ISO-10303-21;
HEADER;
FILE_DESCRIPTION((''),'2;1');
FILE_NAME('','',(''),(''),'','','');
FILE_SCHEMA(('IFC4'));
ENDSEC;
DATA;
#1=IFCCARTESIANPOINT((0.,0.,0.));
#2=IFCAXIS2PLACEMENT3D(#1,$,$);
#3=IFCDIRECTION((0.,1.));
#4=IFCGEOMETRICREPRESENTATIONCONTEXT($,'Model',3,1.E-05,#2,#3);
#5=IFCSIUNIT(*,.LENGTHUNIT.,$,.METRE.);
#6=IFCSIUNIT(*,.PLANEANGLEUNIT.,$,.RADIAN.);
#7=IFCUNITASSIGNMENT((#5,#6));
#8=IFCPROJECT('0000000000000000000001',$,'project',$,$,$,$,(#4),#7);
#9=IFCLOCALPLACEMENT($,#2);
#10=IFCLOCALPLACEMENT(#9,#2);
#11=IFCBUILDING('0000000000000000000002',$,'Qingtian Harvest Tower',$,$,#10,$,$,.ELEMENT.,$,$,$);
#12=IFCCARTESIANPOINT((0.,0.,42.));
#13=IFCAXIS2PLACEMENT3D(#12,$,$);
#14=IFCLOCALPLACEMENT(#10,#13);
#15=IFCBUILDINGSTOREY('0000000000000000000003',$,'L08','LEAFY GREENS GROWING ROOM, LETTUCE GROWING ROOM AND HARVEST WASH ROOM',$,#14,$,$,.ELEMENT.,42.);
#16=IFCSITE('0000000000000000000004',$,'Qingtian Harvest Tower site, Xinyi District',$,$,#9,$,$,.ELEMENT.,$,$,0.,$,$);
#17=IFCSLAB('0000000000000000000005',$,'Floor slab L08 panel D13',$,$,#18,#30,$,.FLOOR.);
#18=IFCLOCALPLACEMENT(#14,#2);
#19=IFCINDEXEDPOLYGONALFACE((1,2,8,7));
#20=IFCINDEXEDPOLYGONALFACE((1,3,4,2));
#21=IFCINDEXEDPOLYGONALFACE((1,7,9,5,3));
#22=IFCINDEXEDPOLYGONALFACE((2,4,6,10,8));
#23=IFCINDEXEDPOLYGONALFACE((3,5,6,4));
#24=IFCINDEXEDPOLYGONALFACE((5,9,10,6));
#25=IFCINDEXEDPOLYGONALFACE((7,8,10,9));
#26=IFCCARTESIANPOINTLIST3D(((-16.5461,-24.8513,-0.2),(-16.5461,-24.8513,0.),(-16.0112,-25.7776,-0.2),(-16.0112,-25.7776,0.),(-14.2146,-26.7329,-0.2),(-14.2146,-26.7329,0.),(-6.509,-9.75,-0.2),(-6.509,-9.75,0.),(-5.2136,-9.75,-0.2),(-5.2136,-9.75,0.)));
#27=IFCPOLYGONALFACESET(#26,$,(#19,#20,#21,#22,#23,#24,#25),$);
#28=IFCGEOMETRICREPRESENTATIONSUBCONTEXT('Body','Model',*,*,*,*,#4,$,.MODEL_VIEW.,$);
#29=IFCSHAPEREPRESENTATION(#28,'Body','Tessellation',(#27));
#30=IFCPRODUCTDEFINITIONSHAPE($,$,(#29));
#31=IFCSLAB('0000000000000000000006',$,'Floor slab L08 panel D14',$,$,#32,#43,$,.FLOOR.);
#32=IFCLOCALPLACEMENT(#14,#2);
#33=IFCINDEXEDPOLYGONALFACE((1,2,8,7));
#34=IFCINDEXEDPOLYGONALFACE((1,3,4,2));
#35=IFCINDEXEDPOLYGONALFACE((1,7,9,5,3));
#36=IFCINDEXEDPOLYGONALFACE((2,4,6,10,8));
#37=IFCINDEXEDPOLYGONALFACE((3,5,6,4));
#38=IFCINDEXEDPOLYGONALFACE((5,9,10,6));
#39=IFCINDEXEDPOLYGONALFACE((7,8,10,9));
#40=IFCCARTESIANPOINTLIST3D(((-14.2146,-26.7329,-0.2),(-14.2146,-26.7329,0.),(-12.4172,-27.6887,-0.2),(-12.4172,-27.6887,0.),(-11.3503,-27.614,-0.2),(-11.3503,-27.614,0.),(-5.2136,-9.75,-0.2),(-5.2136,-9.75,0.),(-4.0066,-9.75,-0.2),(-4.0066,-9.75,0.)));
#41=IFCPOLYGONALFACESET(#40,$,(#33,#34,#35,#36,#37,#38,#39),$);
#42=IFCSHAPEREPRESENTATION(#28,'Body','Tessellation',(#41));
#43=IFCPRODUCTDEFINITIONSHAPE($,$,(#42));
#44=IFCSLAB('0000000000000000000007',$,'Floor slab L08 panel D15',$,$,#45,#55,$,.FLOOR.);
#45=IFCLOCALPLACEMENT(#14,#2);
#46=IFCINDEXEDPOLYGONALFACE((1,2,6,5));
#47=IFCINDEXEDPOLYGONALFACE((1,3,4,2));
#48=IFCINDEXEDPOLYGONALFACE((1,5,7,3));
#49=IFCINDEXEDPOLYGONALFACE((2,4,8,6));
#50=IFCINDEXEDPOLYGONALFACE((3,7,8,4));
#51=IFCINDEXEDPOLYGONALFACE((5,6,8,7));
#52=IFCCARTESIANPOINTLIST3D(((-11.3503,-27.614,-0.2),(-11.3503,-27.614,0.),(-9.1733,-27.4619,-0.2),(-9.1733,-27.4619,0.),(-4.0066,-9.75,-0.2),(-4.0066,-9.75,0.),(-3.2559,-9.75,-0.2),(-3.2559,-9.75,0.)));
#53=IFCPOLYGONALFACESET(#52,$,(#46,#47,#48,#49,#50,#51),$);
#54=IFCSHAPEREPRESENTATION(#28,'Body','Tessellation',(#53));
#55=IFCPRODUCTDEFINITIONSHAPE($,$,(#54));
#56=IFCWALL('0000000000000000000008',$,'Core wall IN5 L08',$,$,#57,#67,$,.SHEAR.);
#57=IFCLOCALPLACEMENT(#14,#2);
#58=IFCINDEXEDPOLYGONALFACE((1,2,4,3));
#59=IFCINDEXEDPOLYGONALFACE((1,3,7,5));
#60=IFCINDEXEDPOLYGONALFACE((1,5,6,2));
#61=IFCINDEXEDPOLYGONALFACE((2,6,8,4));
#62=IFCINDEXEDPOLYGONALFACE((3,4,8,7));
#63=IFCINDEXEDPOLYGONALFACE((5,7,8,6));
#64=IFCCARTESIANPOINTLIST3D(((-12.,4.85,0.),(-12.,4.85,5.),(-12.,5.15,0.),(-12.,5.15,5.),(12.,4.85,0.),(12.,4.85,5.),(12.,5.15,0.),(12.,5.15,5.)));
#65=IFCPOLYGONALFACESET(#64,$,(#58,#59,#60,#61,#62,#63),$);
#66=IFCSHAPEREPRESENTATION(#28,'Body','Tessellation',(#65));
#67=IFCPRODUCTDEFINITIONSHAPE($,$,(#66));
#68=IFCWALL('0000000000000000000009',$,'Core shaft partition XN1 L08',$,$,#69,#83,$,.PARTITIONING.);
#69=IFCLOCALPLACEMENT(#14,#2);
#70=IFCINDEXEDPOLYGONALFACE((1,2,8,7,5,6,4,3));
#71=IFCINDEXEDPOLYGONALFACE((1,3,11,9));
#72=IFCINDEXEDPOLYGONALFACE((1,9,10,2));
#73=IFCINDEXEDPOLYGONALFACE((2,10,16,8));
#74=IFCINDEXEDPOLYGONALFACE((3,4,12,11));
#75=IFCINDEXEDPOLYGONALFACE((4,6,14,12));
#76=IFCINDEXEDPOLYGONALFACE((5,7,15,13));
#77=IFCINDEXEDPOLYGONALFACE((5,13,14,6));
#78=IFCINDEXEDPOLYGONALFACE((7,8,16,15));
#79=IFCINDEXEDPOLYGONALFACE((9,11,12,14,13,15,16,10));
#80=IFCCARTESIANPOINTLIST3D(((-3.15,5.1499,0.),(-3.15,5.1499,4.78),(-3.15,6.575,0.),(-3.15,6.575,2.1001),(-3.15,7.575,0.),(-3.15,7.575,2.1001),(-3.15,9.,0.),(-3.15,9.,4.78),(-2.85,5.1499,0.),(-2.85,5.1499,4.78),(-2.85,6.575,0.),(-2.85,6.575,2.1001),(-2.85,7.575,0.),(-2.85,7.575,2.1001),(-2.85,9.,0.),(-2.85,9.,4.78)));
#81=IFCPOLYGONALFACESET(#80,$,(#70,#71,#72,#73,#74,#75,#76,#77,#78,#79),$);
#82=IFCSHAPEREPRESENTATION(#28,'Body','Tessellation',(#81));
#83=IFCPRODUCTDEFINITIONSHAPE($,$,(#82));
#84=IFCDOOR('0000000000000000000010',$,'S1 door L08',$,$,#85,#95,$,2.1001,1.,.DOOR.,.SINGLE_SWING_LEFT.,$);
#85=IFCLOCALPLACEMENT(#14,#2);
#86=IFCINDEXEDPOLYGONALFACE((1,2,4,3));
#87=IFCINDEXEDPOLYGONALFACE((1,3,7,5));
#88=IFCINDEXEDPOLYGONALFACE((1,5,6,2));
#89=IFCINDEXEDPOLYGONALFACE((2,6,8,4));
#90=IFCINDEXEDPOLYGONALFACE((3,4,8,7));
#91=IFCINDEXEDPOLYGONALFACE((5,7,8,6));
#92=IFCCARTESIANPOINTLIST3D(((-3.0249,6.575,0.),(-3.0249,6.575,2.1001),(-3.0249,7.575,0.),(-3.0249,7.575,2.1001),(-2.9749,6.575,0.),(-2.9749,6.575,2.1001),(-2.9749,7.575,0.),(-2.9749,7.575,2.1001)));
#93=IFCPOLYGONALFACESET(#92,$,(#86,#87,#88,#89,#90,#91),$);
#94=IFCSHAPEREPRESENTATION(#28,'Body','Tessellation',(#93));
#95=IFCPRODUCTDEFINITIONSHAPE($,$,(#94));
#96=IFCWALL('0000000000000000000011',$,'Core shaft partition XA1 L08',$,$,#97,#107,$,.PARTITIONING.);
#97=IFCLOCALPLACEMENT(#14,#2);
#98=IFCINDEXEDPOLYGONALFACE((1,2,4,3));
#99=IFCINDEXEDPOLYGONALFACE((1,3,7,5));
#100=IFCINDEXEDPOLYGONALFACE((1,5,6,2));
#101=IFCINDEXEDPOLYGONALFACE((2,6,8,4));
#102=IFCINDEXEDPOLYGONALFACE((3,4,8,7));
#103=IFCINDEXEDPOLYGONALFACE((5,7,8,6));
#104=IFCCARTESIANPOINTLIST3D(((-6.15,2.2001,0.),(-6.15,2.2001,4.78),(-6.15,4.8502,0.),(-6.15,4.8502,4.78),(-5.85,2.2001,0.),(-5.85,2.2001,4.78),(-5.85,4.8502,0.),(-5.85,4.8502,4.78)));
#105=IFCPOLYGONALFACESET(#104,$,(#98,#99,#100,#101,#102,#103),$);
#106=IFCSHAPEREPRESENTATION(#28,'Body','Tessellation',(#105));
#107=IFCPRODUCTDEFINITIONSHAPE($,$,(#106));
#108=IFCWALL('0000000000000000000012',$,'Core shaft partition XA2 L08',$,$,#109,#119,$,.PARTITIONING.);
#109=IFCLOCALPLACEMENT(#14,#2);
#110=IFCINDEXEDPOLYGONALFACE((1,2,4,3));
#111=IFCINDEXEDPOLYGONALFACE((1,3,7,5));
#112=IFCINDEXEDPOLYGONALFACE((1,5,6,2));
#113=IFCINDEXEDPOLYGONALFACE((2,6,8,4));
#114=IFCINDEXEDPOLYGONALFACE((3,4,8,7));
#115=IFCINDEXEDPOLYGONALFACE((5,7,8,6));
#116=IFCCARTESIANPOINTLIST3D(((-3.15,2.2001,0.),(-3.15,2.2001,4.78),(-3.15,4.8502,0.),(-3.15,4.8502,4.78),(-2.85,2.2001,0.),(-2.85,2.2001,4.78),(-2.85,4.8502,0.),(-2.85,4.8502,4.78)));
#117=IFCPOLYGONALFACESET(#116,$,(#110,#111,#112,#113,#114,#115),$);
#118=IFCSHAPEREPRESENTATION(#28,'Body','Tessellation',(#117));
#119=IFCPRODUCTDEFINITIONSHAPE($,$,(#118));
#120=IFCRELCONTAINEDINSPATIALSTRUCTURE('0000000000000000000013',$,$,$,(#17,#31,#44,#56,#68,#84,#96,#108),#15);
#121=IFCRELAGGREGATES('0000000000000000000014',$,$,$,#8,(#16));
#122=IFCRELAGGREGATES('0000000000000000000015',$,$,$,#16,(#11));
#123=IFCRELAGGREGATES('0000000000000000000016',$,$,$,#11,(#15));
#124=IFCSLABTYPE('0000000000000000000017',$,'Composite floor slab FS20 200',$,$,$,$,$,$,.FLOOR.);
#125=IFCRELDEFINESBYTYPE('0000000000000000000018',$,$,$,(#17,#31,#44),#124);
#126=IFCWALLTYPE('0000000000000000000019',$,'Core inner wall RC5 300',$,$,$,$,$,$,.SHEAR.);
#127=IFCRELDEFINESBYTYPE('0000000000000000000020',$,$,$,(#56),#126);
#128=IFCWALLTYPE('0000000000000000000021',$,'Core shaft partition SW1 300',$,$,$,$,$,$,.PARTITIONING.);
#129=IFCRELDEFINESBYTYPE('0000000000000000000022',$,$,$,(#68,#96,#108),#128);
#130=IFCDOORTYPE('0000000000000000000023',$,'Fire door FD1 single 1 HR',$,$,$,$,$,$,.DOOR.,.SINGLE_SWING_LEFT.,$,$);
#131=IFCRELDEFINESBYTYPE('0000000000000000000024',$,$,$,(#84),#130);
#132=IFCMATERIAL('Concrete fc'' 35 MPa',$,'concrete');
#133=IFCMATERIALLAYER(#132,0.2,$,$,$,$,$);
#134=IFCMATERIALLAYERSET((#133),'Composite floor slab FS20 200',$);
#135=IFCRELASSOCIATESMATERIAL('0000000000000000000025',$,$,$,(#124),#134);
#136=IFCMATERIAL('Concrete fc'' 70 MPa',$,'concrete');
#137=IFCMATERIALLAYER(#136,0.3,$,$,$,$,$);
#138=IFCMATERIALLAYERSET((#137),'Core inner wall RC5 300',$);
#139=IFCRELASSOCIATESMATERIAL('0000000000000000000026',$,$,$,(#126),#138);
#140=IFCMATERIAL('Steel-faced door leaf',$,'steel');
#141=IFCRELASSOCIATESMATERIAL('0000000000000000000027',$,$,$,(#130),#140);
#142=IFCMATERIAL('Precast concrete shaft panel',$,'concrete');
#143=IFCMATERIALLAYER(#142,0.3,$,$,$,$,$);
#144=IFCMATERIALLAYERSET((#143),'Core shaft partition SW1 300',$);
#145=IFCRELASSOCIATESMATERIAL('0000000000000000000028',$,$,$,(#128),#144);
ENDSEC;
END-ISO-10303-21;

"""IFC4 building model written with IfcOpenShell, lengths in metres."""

from ifc_helpers import new_model, si_unit, direction, frame, frame_2d, origin, place, context, subcontext, project, spatial, polyline, rectangle, outline, extrude, material, layer, layer_set, type_object, element, fill, save


model = new_model("IFC4")

# Units and contexts
model_context = context("Model", 3, precision=1e-05, world=origin(), true_north=direction((0.0, 1.0)))
body_context = subcontext(model_context, "Body", "Model", "MODEL_VIEW")
ifc_project = project(units=[si_unit("LENGTHUNIT", "METRE"), si_unit("PLANEANGLEUNIT", "RADIAN")], contexts=[model_context])

# Site, building, storey
site_placement = place(None, origin())
site = spatial("IfcSite", under=ifc_project, at=site_placement, Name="Qingtian Harvest Tower site, Xinyi District", CompositionType="ELEMENT", RefElevation=0.0)
building_placement = place(site_placement, origin())
building = spatial("IfcBuilding", under=site, at=building_placement, Name="Qingtian Harvest Tower", CompositionType="ELEMENT")
storey_placement = place(building_placement, frame((0.0, 0.0, 42.0)))
storey = spatial("IfcBuildingStorey", under=building, at=storey_placement, Name="L08", Description="LEAFY GREENS GROWING ROOM, LETTUCE GROWING ROOM AND HARVEST WASH ROOM", CompositionType="ELEMENT", Elevation=42.0)

# Slabs
ifc_material_1 = material(Name="Concrete fc' 35 MPa", Category="concrete")
ifc_layer_1 = layer(ifc_material_1, 0.2)
ifc_layer_set_1 = layer_set([ifc_layer_1], Name="Composite floor slab FS20 200")
slab_type = type_object("IfcSlabType", Name="Composite floor slab FS20 200", PredefinedType="FLOOR", material=ifc_layer_set_1)
slab_1_placement = place(storey_placement, frame((0.0, 0.0, -0.2)))
element("IfcSlab", 1, at=slab_1_placement, inside=storey, type_object=slab_type, Name="Floor slab L08 panel D13", PredefinedType="FLOOR", context=body_context, shape_type="SweptSolid", body=[
    extrude(outline(polyline([(-6.509, -9.75), (-5.2136, -9.75), (-14.2146, -26.7329), (-16.0112, -25.7776), (-16.5461, -24.8513), (-6.509, -9.75)])), origin(), (0.0, 0.0, 1.0), 0.2),
])
slab_2_placement = place(storey_placement, frame((0.0, 0.0, -0.2)))
element("IfcSlab", 2, at=slab_2_placement, inside=storey, type_object=slab_type, Name="Floor slab L08 panel D14", PredefinedType="FLOOR", context=body_context, shape_type="SweptSolid", body=[
    extrude(outline(polyline([(-5.2136, -9.75), (-4.0066, -9.75), (-11.3503, -27.614), (-12.4172, -27.6887), (-14.2146, -26.7329), (-5.2136, -9.75)])), origin(), (0.0, 0.0, 1.0), 0.2),
])
slab_3_placement = place(storey_placement, frame((0.0, 0.0, -0.2)))
element("IfcSlab", 3, at=slab_3_placement, inside=storey, type_object=slab_type, Name="Floor slab L08 panel D15", PredefinedType="FLOOR", context=body_context, shape_type="SweptSolid", body=[
    extrude(outline(polyline([(-3.2559, -9.75), (-9.1733, -27.4619), (-11.3503, -27.614), (-4.0066, -9.75), (-3.2559, -9.75)])), origin(), (0.0, 0.0, 1.0), 0.2),
])

# Wall
ifc_material_2 = material(Name="Concrete fc' 70 MPa", Category="concrete")
ifc_layer_2 = layer(ifc_material_2, 0.3)
ifc_layer_set_2 = layer_set([ifc_layer_2], Name="Core inner wall RC5 300")
wall_type_1 = type_object("IfcWallType", Name="Core inner wall RC5 300", PredefinedType="SHEAR", material=ifc_layer_set_2)
wall_1_placement = place(storey_placement, frame((-12.0, 5.0, 0.0), z_axis=(0.0, 0.0, 1.0), x_axis=(1.0, 0.0, 0.0)))
element("IfcWall", 4, at=wall_1_placement, inside=storey, type_object=wall_type_1, Name="Core wall IN5 L08", PredefinedType="SHEAR", context=body_context, shape_type="SweptSolid", body=[
    extrude(rectangle(XDim=24.0, YDim=0.3, at=frame_2d((12.0, 0.0))), origin(), (0.0, 0.0, 1.0), 5.0),
])

# Shared definitions
ifc_material_3 = material(Name="Steel-faced door leaf", Category="steel")
door_type_1 = type_object("IfcDoorType", Name="Fire door FD1 single 1 HR", OperationType="SINGLE_SWING_LEFT", PredefinedType="DOOR", material=ifc_material_3)

# Wall, opening, door
ifc_material_4 = material(Name="Precast concrete shaft panel", Category="concrete")
ifc_layer_3 = layer(ifc_material_4, 0.3)
ifc_layer_set_3 = layer_set([ifc_layer_3], Name="Core shaft partition SW1 300")
wall_type_2 = type_object("IfcWallType", Name="Core shaft partition SW1 300", PredefinedType="PARTITIONING", material=ifc_layer_set_3)
wall_2_placement = place(storey_placement, frame((-3.0, 5.1499, 0.0), z_axis=(0.0, 0.0, 1.0), x_axis=(0.0, 1.0, 0.0)))
wall_2 = element("IfcWall", 5, at=wall_2_placement, inside=storey, type_object=wall_type_2, Name="Core shaft partition XN1 L08", PredefinedType="PARTITIONING", context=body_context, shape_type="SweptSolid", body=[
    extrude(rectangle(XDim=3.8501, YDim=0.3, at=frame_2d((1.925, 0.0))), origin(), (0.0, 0.0, 1.0), 4.78),
])
opening_1_placement = place(wall_2_placement, frame((1.425, 0.0, 0.0)))
opening_1 = element("IfcOpeningElement", 6, at=opening_1_placement, cuts=wall_2, PredefinedType="OPENING", context=body_context, shape_type="SweptSolid", body=[
    extrude(rectangle(XDim=1.0, YDim=2.1001, at=frame_2d((0.5, 1.05))), frame((0.0, 0.1599, 0.0), z_axis=(0.0, -1.0, 0.0), x_axis=(1.0, 0.0, 0.0)), (0.0, 0.0, 1.0), 0.3201),
])
door_1_placement = place(opening_1_placement, origin())
door_1 = element("IfcDoor", 7, at=door_1_placement, inside=storey, type_object=door_type_1, Name="S1 door L08", OperationType="SINGLE_SWING_LEFT", OverallHeight=2.1001, OverallWidth=1.0, PredefinedType="DOOR", context=body_context, shape_type="SweptSolid", body=[
    extrude(rectangle(XDim=1.0, YDim=2.1001, at=frame_2d((0.5, 1.05))), frame((0.0, 0.0249, 0.0), z_axis=(0.0, -1.0, 0.0), x_axis=(1.0, 0.0, 0.0)), (0.0, 0.0, 1.0), 0.05),
])
fill(opening_1, door_1)

# Walls
for number, where, z_axis, x_axis, name in (
    (8, (-6.0, 2.2, 0.0), (0.0, 0.0, 1.0), (0.0, 1.0, 0.0), "Core shaft partition XA1 L08"),
    (9, (-3.0, 2.2, 0.0), (0.0, 0.0, 1.0), (0.0, 1.0, 0.0), "Core shaft partition XA2 L08"),
):
    element("IfcWall", number, at=place(storey_placement, frame(where, z_axis=z_axis, x_axis=x_axis)), inside=storey, type_object=wall_type_2, Name=name, PredefinedType="PARTITIONING", context=body_context, shape_type="SweptSolid", body=[
        extrude(rectangle(XDim=2.6501, YDim=0.3, at=frame_2d((1.3252, 0.0))), origin(), (0.0, 0.0, 1.0), 4.78),
    ])

save(model, "model.ifc")
